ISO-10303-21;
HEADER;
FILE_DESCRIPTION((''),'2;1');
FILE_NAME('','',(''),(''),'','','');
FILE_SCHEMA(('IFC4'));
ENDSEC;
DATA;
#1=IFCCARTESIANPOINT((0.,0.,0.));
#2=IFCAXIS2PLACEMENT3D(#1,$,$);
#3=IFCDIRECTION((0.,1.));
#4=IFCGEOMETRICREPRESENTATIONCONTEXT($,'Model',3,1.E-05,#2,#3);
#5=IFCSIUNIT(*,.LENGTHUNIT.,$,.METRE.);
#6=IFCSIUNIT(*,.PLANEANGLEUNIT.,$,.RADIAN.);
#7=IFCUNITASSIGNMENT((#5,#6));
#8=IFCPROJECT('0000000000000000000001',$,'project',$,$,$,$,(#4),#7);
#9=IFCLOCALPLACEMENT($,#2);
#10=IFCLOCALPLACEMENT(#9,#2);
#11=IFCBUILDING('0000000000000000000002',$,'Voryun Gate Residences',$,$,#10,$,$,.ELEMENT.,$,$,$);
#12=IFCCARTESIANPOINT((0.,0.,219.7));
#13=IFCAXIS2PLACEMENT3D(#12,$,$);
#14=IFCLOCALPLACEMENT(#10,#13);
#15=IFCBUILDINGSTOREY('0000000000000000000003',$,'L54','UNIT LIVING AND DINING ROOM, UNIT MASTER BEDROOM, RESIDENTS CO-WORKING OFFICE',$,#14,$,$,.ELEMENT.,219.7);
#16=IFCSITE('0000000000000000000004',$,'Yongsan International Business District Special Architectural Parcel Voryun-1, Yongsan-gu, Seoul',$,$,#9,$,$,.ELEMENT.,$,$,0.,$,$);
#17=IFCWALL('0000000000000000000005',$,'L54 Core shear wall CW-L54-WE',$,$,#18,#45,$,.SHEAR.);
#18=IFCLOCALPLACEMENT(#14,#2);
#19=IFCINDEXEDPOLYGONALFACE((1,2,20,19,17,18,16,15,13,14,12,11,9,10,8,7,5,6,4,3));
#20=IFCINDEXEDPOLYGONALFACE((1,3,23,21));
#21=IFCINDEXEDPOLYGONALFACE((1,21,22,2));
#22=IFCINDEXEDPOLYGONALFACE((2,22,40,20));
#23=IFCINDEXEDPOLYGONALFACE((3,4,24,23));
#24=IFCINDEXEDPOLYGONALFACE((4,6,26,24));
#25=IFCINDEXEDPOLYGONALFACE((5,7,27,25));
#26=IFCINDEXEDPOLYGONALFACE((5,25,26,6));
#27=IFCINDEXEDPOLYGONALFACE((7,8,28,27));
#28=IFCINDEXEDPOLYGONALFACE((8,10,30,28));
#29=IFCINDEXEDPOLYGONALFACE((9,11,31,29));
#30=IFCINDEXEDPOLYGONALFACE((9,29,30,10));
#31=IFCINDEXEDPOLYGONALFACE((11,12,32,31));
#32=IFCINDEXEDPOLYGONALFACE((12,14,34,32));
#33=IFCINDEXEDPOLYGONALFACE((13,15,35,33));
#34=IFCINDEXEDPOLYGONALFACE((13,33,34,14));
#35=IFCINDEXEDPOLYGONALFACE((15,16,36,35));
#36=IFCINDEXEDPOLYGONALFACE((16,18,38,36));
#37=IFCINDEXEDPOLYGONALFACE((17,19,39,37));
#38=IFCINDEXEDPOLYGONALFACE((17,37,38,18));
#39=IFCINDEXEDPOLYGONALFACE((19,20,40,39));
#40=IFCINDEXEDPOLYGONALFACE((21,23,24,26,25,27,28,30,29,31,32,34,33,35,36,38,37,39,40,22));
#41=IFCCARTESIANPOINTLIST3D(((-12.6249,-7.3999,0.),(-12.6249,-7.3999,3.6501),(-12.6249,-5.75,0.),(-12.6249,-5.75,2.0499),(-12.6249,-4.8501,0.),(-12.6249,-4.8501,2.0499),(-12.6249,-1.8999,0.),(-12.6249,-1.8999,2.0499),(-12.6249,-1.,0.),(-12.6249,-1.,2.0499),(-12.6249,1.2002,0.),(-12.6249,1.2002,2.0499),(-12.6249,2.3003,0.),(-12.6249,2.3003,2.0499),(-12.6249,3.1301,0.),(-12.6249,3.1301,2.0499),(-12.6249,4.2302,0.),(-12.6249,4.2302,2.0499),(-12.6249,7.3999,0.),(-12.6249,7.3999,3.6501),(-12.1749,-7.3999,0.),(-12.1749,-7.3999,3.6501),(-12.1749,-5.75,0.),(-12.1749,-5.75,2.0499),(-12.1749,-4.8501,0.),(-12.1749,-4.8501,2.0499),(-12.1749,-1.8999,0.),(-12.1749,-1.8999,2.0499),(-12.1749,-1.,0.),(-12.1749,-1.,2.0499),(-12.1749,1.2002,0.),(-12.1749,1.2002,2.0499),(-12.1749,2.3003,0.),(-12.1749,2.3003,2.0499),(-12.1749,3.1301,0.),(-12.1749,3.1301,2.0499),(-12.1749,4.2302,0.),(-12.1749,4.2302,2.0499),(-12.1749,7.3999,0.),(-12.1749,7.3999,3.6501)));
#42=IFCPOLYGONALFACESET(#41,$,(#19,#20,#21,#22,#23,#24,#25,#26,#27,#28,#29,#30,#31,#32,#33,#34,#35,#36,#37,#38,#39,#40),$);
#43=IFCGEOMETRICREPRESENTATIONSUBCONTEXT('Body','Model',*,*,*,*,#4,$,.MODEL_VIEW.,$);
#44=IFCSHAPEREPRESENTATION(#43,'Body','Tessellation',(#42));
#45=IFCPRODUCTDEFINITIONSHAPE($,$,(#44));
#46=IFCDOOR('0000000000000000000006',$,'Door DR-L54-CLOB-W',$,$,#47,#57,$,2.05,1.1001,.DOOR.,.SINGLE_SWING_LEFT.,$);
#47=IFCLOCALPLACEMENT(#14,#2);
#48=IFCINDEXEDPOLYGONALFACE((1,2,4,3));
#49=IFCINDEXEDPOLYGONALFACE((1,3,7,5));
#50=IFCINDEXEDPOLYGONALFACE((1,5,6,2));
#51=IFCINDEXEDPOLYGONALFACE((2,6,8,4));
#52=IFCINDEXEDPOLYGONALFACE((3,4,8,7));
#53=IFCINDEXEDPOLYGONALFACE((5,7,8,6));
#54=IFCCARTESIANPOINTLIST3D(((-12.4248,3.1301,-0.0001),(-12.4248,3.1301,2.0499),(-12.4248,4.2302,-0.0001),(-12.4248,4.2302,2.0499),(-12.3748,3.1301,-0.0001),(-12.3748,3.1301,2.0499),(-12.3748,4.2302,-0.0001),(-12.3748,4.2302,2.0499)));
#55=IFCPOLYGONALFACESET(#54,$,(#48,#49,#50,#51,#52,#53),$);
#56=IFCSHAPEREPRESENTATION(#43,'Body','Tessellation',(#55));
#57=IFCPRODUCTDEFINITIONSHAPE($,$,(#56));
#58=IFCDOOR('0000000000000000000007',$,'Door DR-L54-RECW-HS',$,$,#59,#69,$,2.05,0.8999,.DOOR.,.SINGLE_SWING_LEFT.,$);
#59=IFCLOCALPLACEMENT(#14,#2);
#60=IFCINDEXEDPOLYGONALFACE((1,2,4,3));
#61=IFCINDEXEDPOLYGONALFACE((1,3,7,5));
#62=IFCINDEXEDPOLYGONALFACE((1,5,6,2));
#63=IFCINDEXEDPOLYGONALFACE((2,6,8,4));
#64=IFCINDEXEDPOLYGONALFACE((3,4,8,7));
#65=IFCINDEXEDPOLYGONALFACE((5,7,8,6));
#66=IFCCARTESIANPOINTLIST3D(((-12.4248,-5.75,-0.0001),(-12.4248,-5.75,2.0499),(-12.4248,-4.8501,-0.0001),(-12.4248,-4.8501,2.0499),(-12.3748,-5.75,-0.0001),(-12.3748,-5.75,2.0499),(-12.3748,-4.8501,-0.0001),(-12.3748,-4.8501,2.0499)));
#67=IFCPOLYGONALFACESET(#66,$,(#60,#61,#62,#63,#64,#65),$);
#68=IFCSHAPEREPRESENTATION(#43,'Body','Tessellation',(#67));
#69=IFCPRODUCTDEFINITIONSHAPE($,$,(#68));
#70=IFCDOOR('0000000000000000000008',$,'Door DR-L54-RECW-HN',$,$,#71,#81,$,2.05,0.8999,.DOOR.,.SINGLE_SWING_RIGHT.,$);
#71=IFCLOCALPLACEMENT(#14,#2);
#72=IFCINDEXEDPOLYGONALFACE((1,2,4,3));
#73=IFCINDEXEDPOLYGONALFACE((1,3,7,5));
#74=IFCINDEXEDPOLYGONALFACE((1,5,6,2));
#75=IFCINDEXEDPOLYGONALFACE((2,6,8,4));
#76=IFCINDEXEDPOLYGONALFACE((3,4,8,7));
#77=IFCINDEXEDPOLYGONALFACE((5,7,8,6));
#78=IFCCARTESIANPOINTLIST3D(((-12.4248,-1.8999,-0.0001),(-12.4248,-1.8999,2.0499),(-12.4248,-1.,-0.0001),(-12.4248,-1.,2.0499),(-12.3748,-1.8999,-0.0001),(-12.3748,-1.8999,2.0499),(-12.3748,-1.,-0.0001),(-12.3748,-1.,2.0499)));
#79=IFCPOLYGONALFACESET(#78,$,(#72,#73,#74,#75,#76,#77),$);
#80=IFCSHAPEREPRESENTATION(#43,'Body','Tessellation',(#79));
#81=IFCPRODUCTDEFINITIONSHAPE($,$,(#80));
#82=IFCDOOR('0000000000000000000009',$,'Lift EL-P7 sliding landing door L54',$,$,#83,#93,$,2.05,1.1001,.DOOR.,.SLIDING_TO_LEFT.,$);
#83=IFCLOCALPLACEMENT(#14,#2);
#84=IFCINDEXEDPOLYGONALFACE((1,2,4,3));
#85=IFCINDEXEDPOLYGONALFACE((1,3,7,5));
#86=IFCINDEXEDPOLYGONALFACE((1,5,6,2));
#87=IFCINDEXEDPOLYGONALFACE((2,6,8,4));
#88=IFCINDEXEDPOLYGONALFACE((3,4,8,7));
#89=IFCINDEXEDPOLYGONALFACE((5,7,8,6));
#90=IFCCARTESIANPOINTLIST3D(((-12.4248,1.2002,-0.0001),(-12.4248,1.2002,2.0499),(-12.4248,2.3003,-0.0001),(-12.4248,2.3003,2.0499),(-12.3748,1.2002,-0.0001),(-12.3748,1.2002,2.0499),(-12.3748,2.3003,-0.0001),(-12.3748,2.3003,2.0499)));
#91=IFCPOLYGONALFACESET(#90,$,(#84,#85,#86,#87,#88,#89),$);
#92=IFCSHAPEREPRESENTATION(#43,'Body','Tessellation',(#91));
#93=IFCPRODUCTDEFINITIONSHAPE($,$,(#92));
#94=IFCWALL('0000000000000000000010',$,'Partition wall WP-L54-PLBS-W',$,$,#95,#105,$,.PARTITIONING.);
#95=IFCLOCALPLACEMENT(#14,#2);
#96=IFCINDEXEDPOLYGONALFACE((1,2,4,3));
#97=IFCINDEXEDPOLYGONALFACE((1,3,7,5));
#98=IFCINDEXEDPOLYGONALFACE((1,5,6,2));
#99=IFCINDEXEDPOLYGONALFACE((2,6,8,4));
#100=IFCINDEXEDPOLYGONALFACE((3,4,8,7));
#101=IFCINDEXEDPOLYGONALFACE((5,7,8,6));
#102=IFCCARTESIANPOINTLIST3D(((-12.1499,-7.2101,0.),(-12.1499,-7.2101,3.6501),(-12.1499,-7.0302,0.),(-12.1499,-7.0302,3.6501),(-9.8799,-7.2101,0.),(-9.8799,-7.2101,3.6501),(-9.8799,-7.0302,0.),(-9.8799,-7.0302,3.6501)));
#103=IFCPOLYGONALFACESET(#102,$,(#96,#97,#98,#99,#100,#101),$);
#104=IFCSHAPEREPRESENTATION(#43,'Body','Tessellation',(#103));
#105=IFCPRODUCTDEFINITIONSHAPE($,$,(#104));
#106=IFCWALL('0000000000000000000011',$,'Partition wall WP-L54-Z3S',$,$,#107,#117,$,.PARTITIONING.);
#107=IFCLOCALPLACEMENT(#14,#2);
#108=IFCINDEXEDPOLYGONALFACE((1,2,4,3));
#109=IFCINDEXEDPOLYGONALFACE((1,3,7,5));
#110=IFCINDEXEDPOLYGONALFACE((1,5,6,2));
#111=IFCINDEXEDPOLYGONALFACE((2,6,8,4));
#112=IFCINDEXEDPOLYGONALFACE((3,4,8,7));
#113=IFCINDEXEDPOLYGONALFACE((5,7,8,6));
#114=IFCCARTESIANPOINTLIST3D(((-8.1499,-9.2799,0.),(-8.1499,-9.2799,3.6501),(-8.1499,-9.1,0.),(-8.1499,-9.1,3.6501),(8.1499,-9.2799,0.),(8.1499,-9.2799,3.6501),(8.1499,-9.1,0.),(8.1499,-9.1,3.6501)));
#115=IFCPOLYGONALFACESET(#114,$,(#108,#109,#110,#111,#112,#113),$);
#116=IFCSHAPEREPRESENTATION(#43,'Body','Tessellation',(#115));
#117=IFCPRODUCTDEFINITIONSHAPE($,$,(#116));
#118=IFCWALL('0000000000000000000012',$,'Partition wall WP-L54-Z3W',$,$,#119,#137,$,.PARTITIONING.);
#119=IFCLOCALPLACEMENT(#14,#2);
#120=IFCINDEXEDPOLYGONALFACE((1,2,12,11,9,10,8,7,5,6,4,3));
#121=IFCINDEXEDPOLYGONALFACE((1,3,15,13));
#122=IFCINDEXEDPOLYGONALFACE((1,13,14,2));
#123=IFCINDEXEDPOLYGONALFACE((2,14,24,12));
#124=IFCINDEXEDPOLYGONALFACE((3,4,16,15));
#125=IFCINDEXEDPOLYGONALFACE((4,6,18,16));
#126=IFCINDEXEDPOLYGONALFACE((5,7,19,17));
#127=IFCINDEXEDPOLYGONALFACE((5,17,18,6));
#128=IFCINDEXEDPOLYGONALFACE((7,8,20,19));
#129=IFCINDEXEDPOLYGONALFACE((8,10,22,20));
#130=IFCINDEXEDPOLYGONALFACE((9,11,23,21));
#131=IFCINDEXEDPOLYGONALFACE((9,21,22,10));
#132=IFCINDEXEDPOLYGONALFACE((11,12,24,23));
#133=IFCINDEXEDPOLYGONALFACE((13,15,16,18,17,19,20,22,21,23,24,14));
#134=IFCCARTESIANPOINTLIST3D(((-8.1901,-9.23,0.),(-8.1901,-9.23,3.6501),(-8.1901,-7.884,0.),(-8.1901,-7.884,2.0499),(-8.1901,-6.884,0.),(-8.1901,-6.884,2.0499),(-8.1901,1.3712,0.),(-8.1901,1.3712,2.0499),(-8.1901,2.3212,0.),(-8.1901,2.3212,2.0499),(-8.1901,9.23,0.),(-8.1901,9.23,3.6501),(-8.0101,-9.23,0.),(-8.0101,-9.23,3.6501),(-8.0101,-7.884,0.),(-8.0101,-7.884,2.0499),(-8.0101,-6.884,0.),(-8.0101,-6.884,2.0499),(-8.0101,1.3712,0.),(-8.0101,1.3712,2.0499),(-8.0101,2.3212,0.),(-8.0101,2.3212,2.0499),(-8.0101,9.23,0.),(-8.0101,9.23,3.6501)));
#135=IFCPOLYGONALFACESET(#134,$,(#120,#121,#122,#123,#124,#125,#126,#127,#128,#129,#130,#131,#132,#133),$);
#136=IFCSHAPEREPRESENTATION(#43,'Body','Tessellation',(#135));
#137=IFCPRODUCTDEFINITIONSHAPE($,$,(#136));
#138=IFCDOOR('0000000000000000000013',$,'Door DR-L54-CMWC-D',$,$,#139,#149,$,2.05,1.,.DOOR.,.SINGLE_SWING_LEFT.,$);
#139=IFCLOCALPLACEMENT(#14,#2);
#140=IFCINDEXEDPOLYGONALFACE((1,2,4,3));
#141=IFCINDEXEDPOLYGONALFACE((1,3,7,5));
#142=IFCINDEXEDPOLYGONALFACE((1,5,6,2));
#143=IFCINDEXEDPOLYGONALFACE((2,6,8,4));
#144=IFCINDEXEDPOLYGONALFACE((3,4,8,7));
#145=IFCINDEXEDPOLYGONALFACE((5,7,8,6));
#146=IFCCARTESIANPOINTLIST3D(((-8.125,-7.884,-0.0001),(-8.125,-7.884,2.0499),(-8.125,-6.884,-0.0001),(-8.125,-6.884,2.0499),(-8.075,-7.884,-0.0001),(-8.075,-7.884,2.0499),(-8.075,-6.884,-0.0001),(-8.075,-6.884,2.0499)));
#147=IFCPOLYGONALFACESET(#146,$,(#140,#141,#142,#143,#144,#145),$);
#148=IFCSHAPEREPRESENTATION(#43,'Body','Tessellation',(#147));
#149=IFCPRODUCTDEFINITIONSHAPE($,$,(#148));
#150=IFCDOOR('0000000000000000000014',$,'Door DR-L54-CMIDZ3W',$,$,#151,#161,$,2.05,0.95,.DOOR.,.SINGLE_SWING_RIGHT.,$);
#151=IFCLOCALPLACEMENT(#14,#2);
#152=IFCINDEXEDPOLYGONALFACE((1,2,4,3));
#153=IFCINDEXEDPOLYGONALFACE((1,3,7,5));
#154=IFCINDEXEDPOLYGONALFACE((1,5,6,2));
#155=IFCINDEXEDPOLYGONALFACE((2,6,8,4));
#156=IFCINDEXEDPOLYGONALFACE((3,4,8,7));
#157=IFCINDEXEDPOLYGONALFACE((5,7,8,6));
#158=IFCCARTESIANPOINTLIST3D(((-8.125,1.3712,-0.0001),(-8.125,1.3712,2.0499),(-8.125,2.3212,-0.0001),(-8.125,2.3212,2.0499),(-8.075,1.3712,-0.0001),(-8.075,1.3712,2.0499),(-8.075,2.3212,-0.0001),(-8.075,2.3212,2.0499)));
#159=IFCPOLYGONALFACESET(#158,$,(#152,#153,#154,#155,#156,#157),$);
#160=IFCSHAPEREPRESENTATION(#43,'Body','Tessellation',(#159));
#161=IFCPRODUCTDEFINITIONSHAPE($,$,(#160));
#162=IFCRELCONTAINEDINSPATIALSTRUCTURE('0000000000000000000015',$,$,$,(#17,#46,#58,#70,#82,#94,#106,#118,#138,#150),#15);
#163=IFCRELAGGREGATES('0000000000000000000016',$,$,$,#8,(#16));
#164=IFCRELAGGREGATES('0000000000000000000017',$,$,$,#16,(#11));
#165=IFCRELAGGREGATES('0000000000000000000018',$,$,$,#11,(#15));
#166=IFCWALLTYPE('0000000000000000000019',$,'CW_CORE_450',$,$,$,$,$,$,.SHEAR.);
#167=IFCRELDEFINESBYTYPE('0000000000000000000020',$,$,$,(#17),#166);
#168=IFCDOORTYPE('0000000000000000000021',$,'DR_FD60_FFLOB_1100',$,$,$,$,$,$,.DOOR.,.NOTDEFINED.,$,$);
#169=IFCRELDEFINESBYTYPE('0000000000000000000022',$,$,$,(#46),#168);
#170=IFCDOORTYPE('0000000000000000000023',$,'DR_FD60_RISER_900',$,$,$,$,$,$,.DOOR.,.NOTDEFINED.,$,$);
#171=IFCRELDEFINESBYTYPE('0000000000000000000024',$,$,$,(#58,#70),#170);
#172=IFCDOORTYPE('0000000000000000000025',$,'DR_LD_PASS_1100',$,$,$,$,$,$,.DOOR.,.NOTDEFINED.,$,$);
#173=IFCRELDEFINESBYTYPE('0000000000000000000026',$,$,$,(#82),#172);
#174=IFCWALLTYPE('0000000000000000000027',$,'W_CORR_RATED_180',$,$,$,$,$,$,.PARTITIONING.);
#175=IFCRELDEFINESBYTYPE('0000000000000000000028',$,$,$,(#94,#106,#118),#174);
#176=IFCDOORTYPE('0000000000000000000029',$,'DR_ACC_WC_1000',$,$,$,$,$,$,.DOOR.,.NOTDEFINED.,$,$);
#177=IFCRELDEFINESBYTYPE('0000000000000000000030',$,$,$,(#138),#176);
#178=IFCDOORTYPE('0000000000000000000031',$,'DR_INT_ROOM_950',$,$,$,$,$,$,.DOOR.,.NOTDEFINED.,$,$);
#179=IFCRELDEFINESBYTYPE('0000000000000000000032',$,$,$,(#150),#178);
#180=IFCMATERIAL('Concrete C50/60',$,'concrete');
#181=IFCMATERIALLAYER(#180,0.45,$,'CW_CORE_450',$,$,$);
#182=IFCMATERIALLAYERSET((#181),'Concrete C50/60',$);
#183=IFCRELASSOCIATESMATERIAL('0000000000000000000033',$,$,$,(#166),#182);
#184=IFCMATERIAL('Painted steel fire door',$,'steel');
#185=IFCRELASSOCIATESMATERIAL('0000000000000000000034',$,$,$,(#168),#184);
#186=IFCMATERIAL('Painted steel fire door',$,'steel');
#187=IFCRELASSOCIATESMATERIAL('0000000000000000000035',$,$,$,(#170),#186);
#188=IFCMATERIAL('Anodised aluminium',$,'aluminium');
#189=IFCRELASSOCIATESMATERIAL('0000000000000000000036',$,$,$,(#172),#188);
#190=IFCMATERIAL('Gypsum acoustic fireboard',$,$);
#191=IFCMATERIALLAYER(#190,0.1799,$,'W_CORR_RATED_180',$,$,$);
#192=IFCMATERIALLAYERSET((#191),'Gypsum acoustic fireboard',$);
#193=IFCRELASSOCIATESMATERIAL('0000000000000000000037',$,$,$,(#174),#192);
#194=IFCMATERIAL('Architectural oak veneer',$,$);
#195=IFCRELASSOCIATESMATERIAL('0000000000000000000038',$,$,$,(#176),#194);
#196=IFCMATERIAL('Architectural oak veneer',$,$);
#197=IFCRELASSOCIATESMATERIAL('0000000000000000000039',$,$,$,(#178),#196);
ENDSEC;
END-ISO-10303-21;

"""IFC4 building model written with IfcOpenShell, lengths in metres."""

from ifc_helpers import new_model, si_unit, direction, frame, frame_2d, origin, place, context, subcontext, project, spatial, rectangle, extrude, material, layer, layer_set, type_object, element, fill, save


model = new_model("IFC4")

# Units and contexts
model_context = context("Model", 3, precision=1e-05, world=origin(), true_north=direction((0.0, 1.0)))
body_context = subcontext(model_context, "Body", "Model", "MODEL_VIEW")
ifc_project = project(units=[si_unit("LENGTHUNIT", "METRE"), si_unit("PLANEANGLEUNIT", "RADIAN")], contexts=[model_context])

# Site, building, storey
site_placement = place(None, origin())
site = spatial("IfcSite", under=ifc_project, at=site_placement, Name="Yongsan International Business District Special Architectural Parcel Voryun-1, Yongsan-gu, Seoul", CompositionType="ELEMENT", RefElevation=0.0)
building_placement = place(site_placement, origin())
building = spatial("IfcBuilding", under=site, at=building_placement, Name="Voryun Gate Residences", CompositionType="ELEMENT")
storey_placement = place(building_placement, frame((0.0, 0.0, 219.7)))
storey = spatial("IfcBuildingStorey", under=building, at=storey_placement, Name="L54", Description="UNIT LIVING AND DINING ROOM, UNIT MASTER BEDROOM, RESIDENTS CO-WORKING OFFICE", CompositionType="ELEMENT", Elevation=219.7)

# Wall, openings, doors
ifc_material_1 = material(Name="Concrete C50/60", Category="concrete")
ifc_layer_1 = layer(ifc_material_1, 0.45, Name="CW_CORE_450")
ifc_layer_set_1 = layer_set([ifc_layer_1], Name="Concrete C50/60")
wall_type_1 = type_object("IfcWallType", Name="CW_CORE_450", PredefinedType="SHEAR", material=ifc_layer_set_1)
wall_1_placement = place(storey_placement, frame((-12.3999, -7.3999, 0.0), z_axis=(0.0, 0.0, 1.0), x_axis=(0.0, 1.0, 0.0)))
wall_1 = element("IfcWall", 1, at=wall_1_placement, inside=storey, type_object=wall_type_1, Name="L54 Core shear wall CW-L54-WE", PredefinedType="SHEAR", context=body_context, shape_type="SweptSolid", body=[
    extrude(rectangle(XDim=14.7998, YDim=0.45, at=frame_2d((7.3999, 0.0))), origin(), (0.0, 0.0, 1.0), 3.6501),
])
opening_1_placement = place(wall_1_placement, frame((8.6001, 0.0, 0.0)))
opening_1 = element("IfcOpeningElement", 2, at=opening_1_placement, cuts=wall_1, PredefinedType="OPENING", context=body_context, shape_type="SweptSolid", body=[
    extrude(rectangle(XDim=1.1001, YDim=2.05, at=frame_2d((0.55, 1.0249))), frame((0.0, 0.2351, 0.0), z_axis=(0.0, -1.0, 0.0), x_axis=(1.0, 0.0, 0.0)), (0.0, 0.0, 1.0), 0.47),
])
opening_2_placement = place(wall_1_placement, frame((10.53, 0.0, 0.0)))
opening_2 = element("IfcOpeningElement", 3, at=opening_2_placement, cuts=wall_1, PredefinedType="OPENING", context=body_context, shape_type="SweptSolid", body=[
    extrude(rectangle(XDim=1.1001, YDim=2.05, at=frame_2d((0.55, 1.0249))), frame((0.0, 0.2351, 0.0), z_axis=(0.0, -1.0, 0.0), x_axis=(1.0, 0.0, 0.0)), (0.0, 0.0, 1.0), 0.47),
])
opening_3_placement = place(wall_1_placement, frame((1.6499, 0.0, 0.0)))
opening_3 = element("IfcOpeningElement", 4, at=opening_3_placement, cuts=wall_1, PredefinedType="OPENING", context=body_context, shape_type="SweptSolid", body=[
    extrude(rectangle(XDim=0.8999, YDim=2.05, at=frame_2d((0.45, 1.0249))), frame((0.0, 0.2351, 0.0), z_axis=(0.0, -1.0, 0.0), x_axis=(1.0, 0.0, 0.0)), (0.0, 0.0, 1.0), 0.47),
])
opening_4_placement = place(wall_1_placement, frame((5.5, 0.0, 0.0)))
opening_4 = element("IfcOpeningElement", 5, at=opening_4_placement, cuts=wall_1, PredefinedType="OPENING", context=body_context, shape_type="SweptSolid", body=[
    extrude(rectangle(XDim=0.8999, YDim=2.05, at=frame_2d((0.45, 1.0249))), frame((0.0, 0.2351, 0.0), z_axis=(0.0, -1.0, 0.0), x_axis=(1.0, 0.0, 0.0)), (0.0, 0.0, 1.0), 0.47),
])
ifc_material_2 = material(Name="Painted steel fire door", Category="steel")
door_type_1 = type_object("IfcDoorType", Name="DR_FD60_FFLOB_1100", OperationType="NOTDEFINED", PredefinedType="DOOR", material=ifc_material_2)
door_1_placement = place(opening_2_placement, origin())
door_1 = element("IfcDoor", 6, at=door_1_placement, inside=storey, type_object=door_type_1, Name="Door DR-L54-CLOB-W", OperationType="SINGLE_SWING_LEFT", OverallHeight=2.05, OverallWidth=1.1001, PredefinedType="DOOR", context=body_context, shape_type="SweptSolid", body=[
    extrude(rectangle(XDim=1.1001, YDim=2.05, at=frame_2d((0.55, 1.0249))), frame((0.0, 0.0249, 0.0), z_axis=(0.0, -1.0, 0.0), x_axis=(1.0, 0.0, 0.0)), (0.0, 0.0, 1.0), 0.05),
])
fill(opening_2, door_1)
ifc_material_3 = material(Name="Painted steel fire door", Category="steel")
door_type_2 = type_object("IfcDoorType", Name="DR_FD60_RISER_900", OperationType="NOTDEFINED", PredefinedType="DOOR", material=ifc_material_3)
door_2_placement = place(opening_3_placement, origin())
door_2 = element("IfcDoor", 7, at=door_2_placement, inside=storey, type_object=door_type_2, Name="Door DR-L54-RECW-HS", OperationType="SINGLE_SWING_LEFT", OverallHeight=2.05, OverallWidth=0.8999, PredefinedType="DOOR", context=body_context, shape_type="SweptSolid", body=[
    extrude(rectangle(XDim=0.8999, YDim=2.05, at=frame_2d((0.45, 1.0249))), frame((0.0, 0.0249, 0.0), z_axis=(0.0, -1.0, 0.0), x_axis=(1.0, 0.0, 0.0)), (0.0, 0.0, 1.0), 0.05),
])
fill(opening_3, door_2)
door_3_placement = place(opening_4_placement, origin())
door_3 = element("IfcDoor", 8, at=door_3_placement, inside=storey, type_object=door_type_2, Name="Door DR-L54-RECW-HN", OperationType="SINGLE_SWING_RIGHT", OverallHeight=2.05, OverallWidth=0.8999, PredefinedType="DOOR", context=body_context, shape_type="SweptSolid", body=[
    extrude(rectangle(XDim=0.8999, YDim=2.05, at=frame_2d((0.45, 1.0249))), frame((0.0, 0.0249, 0.0), z_axis=(0.0, -1.0, 0.0), x_axis=(1.0, 0.0, 0.0)), (0.0, 0.0, 1.0), 0.05),
])
fill(opening_4, door_3)
ifc_material_4 = material(Name="Anodised aluminium", Category="aluminium")
door_type_3 = type_object("IfcDoorType", Name="DR_LD_PASS_1100", OperationType="NOTDEFINED", PredefinedType="DOOR", material=ifc_material_4)
door_4_placement = place(opening_1_placement, origin())
door_4 = element("IfcDoor", 9, at=door_4_placement, inside=storey, type_object=door_type_3, Name="Lift EL-P7 sliding landing door L54", OperationType="SLIDING_TO_LEFT", OverallHeight=2.05, OverallWidth=1.1001, PredefinedType="DOOR", context=body_context, shape_type="SweptSolid", body=[
    extrude(rectangle(XDim=1.1001, YDim=2.05, at=frame_2d((0.55, 1.0249))), frame((0.0, 0.0249, 0.0), z_axis=(0.0, -1.0, 0.0), x_axis=(1.0, 0.0, 0.0)), (0.0, 0.0, 1.0), 0.05),
])
fill(opening_1, door_4)

# Walls
ifc_material_5 = material(Name="Gypsum acoustic fireboard")
ifc_layer_2 = layer(ifc_material_5, 0.1799, Name="W_CORR_RATED_180")
ifc_layer_set_2 = layer_set([ifc_layer_2], Name="Gypsum acoustic fireboard")
wall_type_2 = type_object("IfcWallType", Name="W_CORR_RATED_180", PredefinedType="PARTITIONING", material=ifc_layer_set_2)
wall_2_placement = place(storey_placement, frame((-12.1499, -7.1201, 0.0), z_axis=(0.0, 0.0, 1.0), x_axis=(1.0, 0.0, 0.0)))
element("IfcWall", 10, at=wall_2_placement, inside=storey, type_object=wall_type_2, Name="Partition wall WP-L54-PLBS-W", PredefinedType="PARTITIONING", context=body_context, shape_type="SweptSolid", body=[
    extrude(rectangle(XDim=2.27, YDim=0.1799, at=frame_2d((1.135, 0.0))), origin(), (0.0, 0.0, 1.0), 3.6501),
])
wall_3_placement = place(storey_placement, frame((-8.1499, -9.1899, 0.0), z_axis=(0.0, 0.0, 1.0), x_axis=(1.0, 0.0, 0.0)))
element("IfcWall", 11, at=wall_3_placement, inside=storey, type_object=wall_type_2, Name="Partition wall WP-L54-Z3S", PredefinedType="PARTITIONING", context=body_context, shape_type="SweptSolid", body=[
    extrude(rectangle(XDim=16.2998, YDim=0.1799, at=frame_2d((8.1499, 0.0))), origin(), (0.0, 0.0, 1.0), 3.6501),
])

# Wall, openings, doors
wall_4_placement = place(storey_placement, frame((-8.1001, -9.23, 0.0), z_axis=(0.0, 0.0, 1.0), x_axis=(0.0, 1.0, 0.0)))
wall_4 = element("IfcWall", 12, at=wall_4_placement, inside=storey, type_object=wall_type_2, Name="Partition wall WP-L54-Z3W", PredefinedType="PARTITIONING", context=body_context, shape_type="SweptSolid", body=[
    extrude(rectangle(XDim=18.46, YDim=0.1799, at=frame_2d((9.23, 0.0))), origin(), (0.0, 0.0, 1.0), 3.6501),
])
opening_5_placement = place(wall_4_placement, frame((1.3459, 0.0, 0.0)))
opening_5 = element("IfcOpeningElement", 13, at=opening_5_placement, cuts=wall_4, PredefinedType="OPENING", context=body_context, shape_type="SweptSolid", body=[
    extrude(rectangle(XDim=1.0, YDim=2.05, at=frame_2d((0.5, 1.0249))), frame((0.0, 0.0999, 0.0), z_axis=(0.0, -1.0, 0.0), x_axis=(1.0, 0.0, 0.0)), (0.0, 0.0, 1.0), 0.2),
])
opening_6_placement = place(wall_4_placement, frame((10.6011, 0.0, 0.0)))
opening_6 = element("IfcOpeningElement", 14, at=opening_6_placement, cuts=wall_4, PredefinedType="OPENING", context=body_context, shape_type="SweptSolid", body=[
    extrude(rectangle(XDim=0.95, YDim=2.05, at=frame_2d((0.4751, 1.0249))), frame((0.0, 0.0999, 0.0), z_axis=(0.0, -1.0, 0.0), x_axis=(1.0, 0.0, 0.0)), (0.0, 0.0, 1.0), 0.2),
])
ifc_material_6 = material(Name="Architectural oak veneer")
door_type_4 = type_object("IfcDoorType", Name="DR_ACC_WC_1000", OperationType="NOTDEFINED", PredefinedType="DOOR", material=ifc_material_6)
door_5_placement = place(opening_5_placement, origin())
door_5 = element("IfcDoor", 15, at=door_5_placement, inside=storey, type_object=door_type_4, Name="Door DR-L54-CMWC-D", OperationType="SINGLE_SWING_LEFT", OverallHeight=2.05, OverallWidth=1.0, PredefinedType="DOOR", context=body_context, shape_type="SweptSolid", body=[
    extrude(rectangle(XDim=1.0, YDim=2.05, at=frame_2d((0.5, 1.0249))), frame((0.0, 0.0249, 0.0), z_axis=(0.0, -1.0, 0.0), x_axis=(1.0, 0.0, 0.0)), (0.0, 0.0, 1.0), 0.05),
])
fill(opening_5, door_5)
ifc_material_7 = material(Name="Architectural oak veneer")
door_type_5 = type_object("IfcDoorType", Name="DR_INT_ROOM_950", OperationType="NOTDEFINED", PredefinedType="DOOR", material=ifc_material_7)
door_6_placement = place(opening_6_placement, origin())
door_6 = element("IfcDoor", 16, at=door_6_placement, inside=storey, type_object=door_type_5, Name="Door DR-L54-CMIDZ3W", OperationType="SINGLE_SWING_RIGHT", OverallHeight=2.05, OverallWidth=0.95, PredefinedType="DOOR", context=body_context, shape_type="SweptSolid", body=[
    extrude(rectangle(XDim=0.95, YDim=2.05, at=frame_2d((0.4751, 1.0249))), frame((0.0, 0.0249, 0.0), z_axis=(0.0, -1.0, 0.0), x_axis=(1.0, 0.0, 0.0)), (0.0, 0.0, 1.0), 0.05),
])
fill(opening_6, door_6)

save(model, "model.ifc")
